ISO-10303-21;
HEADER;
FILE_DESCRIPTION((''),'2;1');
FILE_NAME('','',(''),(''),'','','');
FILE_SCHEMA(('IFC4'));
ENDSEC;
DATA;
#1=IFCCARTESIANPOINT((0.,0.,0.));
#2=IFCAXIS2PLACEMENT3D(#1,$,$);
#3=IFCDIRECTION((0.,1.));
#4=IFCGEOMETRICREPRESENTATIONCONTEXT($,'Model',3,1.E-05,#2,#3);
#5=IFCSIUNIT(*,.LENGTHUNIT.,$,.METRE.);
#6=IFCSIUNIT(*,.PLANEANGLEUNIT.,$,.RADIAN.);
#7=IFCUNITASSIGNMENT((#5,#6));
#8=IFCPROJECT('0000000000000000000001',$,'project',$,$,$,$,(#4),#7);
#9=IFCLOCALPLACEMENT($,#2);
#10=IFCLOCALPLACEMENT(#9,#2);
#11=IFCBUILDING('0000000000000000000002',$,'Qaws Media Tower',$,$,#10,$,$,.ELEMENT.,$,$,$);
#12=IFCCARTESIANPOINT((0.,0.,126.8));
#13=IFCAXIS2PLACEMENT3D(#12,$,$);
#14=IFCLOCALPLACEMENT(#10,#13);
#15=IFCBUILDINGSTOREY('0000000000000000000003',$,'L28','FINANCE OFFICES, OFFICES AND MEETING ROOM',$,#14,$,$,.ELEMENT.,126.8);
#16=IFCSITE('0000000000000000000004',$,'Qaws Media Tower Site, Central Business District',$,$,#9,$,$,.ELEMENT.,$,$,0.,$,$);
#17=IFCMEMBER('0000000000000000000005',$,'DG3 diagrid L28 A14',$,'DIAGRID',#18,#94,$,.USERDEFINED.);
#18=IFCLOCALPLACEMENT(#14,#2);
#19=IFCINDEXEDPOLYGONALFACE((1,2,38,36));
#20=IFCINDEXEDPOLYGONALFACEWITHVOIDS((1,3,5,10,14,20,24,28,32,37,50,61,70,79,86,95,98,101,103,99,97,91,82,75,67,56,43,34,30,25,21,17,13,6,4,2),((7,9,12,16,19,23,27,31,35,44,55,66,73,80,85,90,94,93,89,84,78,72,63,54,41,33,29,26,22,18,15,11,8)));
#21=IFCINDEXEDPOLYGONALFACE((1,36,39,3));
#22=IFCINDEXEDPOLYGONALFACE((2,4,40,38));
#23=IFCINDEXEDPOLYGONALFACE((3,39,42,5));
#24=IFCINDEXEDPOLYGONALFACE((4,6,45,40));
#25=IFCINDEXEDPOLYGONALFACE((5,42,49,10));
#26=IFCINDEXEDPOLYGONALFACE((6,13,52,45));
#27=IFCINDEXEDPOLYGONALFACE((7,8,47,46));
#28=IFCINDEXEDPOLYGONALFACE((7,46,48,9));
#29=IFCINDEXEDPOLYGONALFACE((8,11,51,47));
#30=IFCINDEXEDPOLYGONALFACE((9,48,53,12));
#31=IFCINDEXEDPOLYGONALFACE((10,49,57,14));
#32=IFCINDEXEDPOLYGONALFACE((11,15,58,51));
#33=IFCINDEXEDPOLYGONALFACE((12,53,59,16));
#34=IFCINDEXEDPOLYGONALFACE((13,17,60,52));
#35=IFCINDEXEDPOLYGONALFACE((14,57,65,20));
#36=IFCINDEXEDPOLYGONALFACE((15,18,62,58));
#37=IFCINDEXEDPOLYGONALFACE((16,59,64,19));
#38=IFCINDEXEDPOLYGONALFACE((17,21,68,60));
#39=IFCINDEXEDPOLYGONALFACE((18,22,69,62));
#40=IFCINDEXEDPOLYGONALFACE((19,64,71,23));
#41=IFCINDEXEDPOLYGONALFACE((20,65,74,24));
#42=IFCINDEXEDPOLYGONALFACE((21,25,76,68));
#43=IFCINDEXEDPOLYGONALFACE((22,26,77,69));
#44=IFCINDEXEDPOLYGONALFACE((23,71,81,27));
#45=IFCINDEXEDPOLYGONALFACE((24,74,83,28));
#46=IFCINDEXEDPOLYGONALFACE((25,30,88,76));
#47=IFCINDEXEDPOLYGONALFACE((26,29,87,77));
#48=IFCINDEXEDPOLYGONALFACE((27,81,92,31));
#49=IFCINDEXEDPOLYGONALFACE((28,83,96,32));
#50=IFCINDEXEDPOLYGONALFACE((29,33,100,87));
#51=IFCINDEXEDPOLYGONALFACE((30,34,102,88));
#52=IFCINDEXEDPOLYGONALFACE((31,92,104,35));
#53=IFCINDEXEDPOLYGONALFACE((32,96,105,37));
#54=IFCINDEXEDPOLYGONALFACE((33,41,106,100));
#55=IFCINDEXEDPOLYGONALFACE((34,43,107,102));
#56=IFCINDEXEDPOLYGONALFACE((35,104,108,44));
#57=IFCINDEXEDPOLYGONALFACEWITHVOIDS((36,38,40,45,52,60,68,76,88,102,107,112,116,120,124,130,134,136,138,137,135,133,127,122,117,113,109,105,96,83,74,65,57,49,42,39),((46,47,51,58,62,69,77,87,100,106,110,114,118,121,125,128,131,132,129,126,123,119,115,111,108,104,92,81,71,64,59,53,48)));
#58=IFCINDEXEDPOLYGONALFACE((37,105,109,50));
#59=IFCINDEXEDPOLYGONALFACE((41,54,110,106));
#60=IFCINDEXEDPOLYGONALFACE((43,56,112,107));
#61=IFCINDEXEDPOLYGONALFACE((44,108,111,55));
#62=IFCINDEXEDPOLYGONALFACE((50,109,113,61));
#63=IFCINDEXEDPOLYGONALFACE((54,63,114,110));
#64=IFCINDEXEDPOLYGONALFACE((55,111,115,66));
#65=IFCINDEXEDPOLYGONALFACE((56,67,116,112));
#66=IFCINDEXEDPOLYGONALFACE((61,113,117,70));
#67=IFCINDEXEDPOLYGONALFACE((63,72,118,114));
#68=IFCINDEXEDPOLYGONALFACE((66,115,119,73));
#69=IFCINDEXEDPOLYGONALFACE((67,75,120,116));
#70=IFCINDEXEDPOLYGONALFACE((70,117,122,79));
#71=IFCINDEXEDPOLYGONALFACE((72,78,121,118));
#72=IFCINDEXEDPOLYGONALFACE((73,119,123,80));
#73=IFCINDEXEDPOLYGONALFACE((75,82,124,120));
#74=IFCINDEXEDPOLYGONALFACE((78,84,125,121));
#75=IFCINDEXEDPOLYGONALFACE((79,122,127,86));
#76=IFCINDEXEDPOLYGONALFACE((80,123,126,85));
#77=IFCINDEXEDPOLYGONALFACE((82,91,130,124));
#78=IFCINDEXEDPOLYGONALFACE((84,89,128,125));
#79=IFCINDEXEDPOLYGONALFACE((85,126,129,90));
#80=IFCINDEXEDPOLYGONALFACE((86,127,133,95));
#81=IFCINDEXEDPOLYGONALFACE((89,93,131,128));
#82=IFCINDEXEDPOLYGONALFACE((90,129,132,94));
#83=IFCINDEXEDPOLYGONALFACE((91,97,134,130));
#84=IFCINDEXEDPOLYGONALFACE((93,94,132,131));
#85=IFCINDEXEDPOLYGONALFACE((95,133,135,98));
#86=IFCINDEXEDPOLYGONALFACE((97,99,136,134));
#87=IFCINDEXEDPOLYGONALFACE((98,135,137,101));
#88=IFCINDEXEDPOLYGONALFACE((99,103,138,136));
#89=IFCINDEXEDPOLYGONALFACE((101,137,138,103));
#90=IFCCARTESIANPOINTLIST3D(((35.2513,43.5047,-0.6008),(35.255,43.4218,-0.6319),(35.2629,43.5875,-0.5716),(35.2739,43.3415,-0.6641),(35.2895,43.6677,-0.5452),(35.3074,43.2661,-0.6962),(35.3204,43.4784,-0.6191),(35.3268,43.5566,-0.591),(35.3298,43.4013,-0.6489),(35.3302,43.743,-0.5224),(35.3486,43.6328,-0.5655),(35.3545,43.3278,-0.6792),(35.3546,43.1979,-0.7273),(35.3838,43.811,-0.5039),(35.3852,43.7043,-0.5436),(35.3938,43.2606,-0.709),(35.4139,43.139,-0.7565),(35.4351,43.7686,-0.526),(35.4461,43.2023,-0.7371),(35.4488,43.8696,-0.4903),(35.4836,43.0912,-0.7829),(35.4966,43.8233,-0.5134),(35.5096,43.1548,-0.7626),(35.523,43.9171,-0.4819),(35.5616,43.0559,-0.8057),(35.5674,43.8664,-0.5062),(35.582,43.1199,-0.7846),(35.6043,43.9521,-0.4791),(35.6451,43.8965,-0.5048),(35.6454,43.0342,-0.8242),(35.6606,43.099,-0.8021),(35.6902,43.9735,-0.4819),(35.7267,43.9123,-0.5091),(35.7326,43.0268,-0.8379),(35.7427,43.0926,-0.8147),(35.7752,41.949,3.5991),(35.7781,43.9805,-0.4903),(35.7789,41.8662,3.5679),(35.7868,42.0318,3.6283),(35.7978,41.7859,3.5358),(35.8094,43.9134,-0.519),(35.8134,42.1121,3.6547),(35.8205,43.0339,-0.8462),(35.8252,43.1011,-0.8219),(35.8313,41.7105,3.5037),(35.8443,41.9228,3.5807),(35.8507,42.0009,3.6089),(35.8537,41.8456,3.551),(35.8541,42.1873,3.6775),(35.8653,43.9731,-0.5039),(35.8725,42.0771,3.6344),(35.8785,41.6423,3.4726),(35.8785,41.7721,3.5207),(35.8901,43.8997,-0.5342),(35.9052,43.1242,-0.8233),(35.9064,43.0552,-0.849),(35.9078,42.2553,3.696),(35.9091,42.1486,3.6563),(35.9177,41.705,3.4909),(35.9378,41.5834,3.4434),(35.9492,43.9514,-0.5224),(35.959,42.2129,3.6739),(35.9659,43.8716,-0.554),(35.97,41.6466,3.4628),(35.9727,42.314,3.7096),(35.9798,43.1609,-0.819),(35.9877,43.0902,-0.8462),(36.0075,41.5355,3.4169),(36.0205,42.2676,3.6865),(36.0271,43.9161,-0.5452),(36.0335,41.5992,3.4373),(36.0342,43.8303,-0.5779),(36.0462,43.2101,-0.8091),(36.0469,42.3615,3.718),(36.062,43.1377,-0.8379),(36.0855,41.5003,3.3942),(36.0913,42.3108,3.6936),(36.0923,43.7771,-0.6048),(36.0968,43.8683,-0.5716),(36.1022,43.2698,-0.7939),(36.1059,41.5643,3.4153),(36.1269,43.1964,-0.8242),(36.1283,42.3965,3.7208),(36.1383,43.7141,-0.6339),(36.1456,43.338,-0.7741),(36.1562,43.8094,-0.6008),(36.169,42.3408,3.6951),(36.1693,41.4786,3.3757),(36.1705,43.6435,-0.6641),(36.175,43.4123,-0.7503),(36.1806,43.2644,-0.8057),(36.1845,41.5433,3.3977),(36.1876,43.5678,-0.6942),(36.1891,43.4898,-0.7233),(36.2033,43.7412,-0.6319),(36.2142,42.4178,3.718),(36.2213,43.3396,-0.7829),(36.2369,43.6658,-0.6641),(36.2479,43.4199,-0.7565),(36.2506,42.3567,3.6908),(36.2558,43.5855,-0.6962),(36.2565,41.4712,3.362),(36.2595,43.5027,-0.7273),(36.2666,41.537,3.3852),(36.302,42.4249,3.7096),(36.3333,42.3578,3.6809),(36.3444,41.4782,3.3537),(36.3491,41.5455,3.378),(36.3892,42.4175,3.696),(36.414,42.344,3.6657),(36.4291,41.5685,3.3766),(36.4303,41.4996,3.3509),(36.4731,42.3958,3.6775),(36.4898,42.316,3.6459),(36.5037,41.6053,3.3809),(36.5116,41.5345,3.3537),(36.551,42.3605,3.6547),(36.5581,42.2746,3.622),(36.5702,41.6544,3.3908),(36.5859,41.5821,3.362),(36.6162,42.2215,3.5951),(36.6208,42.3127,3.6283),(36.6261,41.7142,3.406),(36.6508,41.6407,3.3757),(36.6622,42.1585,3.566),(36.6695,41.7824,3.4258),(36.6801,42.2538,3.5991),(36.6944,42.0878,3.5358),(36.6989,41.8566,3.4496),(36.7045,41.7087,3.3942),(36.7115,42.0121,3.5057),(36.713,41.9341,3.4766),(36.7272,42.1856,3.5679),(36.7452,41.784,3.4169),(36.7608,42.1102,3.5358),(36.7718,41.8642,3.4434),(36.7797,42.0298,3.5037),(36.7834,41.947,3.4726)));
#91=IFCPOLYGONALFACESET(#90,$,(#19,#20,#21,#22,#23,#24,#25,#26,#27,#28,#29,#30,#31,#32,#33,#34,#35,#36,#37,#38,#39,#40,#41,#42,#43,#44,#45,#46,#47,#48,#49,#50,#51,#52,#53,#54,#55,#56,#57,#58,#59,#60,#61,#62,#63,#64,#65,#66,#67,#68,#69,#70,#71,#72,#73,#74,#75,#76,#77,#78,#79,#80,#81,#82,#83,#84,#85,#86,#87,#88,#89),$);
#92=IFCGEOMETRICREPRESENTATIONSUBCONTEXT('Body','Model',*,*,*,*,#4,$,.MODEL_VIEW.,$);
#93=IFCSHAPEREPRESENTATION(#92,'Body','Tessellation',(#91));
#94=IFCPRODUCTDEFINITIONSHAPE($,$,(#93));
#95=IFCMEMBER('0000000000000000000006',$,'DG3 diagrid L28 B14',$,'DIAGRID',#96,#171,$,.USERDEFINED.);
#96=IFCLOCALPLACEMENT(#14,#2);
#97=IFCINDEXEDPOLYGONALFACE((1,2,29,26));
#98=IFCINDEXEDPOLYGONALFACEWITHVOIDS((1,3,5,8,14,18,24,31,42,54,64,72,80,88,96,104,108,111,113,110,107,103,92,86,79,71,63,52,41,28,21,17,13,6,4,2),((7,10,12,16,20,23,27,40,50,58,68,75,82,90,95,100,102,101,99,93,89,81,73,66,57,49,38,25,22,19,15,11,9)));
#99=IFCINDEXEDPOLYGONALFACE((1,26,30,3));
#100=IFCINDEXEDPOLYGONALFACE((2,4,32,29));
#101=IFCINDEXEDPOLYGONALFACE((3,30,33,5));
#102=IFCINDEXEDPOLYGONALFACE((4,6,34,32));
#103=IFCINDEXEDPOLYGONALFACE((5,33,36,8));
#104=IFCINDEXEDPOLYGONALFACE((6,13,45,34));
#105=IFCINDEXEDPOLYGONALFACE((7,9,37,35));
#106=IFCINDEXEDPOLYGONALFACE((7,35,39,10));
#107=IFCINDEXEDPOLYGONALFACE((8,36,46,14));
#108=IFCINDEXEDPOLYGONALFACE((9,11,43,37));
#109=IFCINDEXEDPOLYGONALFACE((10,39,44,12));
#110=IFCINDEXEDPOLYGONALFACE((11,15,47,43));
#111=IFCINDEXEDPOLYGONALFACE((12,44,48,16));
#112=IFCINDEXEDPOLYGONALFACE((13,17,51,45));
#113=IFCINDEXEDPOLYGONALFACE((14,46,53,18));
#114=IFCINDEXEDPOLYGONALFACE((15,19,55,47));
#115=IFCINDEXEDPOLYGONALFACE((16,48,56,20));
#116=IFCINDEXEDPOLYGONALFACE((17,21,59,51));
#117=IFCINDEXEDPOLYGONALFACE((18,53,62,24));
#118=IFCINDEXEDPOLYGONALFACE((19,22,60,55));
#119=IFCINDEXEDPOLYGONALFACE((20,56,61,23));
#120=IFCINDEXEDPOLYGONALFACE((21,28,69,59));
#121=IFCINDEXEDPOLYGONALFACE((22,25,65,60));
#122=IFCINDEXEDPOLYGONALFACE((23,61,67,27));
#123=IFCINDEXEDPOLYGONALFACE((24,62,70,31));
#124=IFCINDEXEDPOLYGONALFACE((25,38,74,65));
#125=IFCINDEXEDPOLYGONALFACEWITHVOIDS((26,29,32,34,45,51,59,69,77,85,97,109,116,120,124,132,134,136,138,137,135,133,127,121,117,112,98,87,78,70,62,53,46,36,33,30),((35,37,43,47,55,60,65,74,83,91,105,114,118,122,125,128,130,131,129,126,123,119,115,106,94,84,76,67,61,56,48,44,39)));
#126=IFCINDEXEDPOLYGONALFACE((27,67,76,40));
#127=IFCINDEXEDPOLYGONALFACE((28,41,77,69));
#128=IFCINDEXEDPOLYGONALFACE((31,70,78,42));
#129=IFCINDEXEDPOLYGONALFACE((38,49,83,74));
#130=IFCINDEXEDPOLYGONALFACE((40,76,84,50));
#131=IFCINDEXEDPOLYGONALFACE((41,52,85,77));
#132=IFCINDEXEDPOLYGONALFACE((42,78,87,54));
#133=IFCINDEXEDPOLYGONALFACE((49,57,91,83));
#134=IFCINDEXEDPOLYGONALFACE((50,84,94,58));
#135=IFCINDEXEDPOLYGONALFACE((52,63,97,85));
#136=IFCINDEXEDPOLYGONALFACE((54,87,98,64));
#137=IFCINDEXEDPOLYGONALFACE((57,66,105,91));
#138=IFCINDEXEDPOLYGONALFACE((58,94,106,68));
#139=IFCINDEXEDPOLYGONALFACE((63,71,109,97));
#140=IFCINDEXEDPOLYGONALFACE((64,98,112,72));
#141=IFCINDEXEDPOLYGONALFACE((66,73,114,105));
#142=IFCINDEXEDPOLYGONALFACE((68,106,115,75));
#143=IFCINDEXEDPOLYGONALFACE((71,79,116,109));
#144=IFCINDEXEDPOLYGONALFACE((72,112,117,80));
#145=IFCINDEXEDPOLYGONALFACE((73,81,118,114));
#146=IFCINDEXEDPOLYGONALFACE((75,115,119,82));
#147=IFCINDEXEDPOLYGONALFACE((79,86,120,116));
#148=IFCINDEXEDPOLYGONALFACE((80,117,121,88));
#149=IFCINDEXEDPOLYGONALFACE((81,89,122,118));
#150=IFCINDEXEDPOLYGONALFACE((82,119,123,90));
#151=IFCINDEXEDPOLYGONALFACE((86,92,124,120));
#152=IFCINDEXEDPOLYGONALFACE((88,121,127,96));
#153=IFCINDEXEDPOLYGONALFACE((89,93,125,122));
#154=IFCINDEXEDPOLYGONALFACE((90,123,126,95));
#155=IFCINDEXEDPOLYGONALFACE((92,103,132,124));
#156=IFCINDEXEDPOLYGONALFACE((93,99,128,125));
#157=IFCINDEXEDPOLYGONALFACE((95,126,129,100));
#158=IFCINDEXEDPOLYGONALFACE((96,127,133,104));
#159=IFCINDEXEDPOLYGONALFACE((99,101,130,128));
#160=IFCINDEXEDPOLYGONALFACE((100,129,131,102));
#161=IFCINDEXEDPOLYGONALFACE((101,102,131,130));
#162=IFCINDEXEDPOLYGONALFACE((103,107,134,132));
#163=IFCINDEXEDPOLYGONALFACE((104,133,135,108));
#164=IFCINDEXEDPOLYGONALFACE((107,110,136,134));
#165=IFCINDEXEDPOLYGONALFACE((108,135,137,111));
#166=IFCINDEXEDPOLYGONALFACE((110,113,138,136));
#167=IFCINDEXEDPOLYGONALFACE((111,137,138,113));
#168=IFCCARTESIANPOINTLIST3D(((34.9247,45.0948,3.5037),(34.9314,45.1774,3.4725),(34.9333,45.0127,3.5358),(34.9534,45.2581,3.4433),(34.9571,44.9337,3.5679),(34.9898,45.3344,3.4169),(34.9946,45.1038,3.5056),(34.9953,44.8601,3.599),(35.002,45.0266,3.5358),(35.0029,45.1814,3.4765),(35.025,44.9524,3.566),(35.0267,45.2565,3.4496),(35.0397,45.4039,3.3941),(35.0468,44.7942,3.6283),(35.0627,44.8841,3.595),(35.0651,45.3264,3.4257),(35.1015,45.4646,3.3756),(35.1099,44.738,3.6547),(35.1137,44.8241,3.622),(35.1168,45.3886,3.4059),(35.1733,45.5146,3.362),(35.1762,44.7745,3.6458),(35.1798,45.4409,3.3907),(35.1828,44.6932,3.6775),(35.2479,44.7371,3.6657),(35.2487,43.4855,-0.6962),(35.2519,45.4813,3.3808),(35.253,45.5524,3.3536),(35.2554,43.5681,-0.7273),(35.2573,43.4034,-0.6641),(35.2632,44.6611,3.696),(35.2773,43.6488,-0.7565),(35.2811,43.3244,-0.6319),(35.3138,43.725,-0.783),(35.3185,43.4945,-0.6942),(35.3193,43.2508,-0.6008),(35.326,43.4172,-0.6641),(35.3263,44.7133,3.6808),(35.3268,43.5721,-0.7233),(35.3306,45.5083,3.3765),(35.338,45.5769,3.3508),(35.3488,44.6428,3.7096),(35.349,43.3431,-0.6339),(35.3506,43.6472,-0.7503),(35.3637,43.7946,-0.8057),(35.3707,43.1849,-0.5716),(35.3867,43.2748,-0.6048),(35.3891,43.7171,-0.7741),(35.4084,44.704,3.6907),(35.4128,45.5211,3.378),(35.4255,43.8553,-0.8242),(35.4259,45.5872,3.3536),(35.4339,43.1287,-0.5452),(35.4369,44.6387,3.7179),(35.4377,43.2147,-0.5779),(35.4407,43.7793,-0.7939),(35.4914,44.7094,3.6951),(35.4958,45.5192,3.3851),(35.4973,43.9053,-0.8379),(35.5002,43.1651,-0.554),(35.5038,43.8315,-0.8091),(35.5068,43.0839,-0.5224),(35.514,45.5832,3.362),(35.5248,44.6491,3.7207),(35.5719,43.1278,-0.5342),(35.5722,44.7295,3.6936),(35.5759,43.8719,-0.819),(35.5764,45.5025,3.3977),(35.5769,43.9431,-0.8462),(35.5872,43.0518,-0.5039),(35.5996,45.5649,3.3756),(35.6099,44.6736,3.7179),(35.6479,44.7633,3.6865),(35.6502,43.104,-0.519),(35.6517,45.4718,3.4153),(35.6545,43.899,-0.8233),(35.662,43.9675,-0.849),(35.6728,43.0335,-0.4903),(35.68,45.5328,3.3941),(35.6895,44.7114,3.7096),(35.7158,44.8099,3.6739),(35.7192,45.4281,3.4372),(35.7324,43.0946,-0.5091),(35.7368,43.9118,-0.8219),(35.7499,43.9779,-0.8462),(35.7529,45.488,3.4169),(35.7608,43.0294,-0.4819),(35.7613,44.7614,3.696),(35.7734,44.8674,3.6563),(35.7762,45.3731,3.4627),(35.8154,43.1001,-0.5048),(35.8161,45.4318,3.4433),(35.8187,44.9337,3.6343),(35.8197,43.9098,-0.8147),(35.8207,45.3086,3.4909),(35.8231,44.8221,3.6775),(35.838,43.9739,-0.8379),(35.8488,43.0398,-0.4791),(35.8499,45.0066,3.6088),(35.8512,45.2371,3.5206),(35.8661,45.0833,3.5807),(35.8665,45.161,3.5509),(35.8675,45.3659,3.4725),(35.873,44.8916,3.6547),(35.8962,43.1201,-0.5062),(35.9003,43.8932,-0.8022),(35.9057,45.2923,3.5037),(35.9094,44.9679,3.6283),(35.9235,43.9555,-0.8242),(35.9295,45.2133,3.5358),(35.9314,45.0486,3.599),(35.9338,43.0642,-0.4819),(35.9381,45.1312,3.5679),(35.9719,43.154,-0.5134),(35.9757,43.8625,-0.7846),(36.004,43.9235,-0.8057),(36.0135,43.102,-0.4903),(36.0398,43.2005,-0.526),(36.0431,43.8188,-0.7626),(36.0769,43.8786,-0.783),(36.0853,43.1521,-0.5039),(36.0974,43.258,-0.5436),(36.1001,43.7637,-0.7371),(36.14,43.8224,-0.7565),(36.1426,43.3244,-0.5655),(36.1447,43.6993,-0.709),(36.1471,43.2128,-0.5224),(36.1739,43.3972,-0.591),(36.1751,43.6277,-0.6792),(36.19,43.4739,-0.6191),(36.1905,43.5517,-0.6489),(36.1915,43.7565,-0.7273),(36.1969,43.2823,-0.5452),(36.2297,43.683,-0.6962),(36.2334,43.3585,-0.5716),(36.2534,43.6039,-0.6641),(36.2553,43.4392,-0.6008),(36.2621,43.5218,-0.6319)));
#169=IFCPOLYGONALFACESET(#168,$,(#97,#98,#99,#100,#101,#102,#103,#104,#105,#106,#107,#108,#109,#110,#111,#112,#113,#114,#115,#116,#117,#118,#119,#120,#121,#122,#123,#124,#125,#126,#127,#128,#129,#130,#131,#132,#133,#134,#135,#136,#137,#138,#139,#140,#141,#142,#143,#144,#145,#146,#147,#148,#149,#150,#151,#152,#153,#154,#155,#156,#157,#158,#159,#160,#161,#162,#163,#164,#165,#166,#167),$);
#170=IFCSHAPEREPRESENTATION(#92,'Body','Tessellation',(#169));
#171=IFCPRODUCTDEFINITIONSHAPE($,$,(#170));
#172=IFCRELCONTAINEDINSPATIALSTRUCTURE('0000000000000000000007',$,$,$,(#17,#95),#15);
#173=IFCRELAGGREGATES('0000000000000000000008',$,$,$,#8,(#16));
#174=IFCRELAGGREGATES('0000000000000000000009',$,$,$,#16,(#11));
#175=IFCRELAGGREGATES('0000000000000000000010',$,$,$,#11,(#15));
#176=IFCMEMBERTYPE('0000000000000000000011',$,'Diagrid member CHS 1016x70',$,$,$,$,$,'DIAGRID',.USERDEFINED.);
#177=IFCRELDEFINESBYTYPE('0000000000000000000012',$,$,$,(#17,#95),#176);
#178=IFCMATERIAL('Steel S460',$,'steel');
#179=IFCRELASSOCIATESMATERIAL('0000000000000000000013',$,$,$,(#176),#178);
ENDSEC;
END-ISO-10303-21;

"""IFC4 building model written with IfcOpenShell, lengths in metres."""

from ifc_helpers import new_model, si_unit, direction, frame, origin, origin_2d, place, context, subcontext, project, spatial, hollow_circle, extrude, material, material_profile, profile_set, type_object, element, save


model = new_model("IFC4")

# Units and contexts
model_context = context("Model", 3, precision=1e-05, world=origin(), true_north=direction((0.0, 1.0)))
body_context = subcontext(model_context, "Body", "Model", "MODEL_VIEW")
ifc_project = project(units=[si_unit("LENGTHUNIT", "METRE"), si_unit("PLANEANGLEUNIT", "RADIAN")], contexts=[model_context])

# Site, building, storey
site_placement = place(None, origin())
site = spatial("IfcSite", under=ifc_project, at=site_placement, Name="Qaws Media Tower Site, Central Business District", CompositionType="ELEMENT", RefElevation=0.0)
building_placement = place(site_placement, origin())
building = spatial("IfcBuilding", under=site, at=building_placement, Name="Qaws Media Tower", CompositionType="ELEMENT")
storey_placement = place(building_placement, frame((0.0, 0.0, 126.8)))
storey = spatial("IfcBuildingStorey", under=building, at=storey_placement, Name="L28", Description="FINANCE OFFICES, OFFICES AND MEETING ROOM", CompositionType="ELEMENT", Elevation=126.8)

# Members
ifc_material_1 = material(Name="Steel S460", Category="steel")
ifc_material_profile_1 = material_profile(ifc_material_1, hollow_circle(Radius=0.5081, WallThickness=0.0701, at=origin_2d()), Name="CHS 1016x70")
ifc_profile_set_1 = profile_set([ifc_material_profile_1], Name="Steel S460")
member_type_1 = type_object("IfcMemberType", Name="Diagrid member CHS 1016x70", ElementType="DIAGRID", PredefinedType="USERDEFINED", material=ifc_profile_set_1)
for number, where, z_axis, x_axis, name in (
    (1, (35.7554, 43.5037, -0.6641), (0.116187, -0.344987, 0.931389), (0.947697, 0.319171, 0.0), "DG3 diagrid L28 A14"),
    (2, (35.7554, 43.5037, -0.6641), (-0.071844, 0.356894, 0.931378), (-0.980334, -0.197346, 0.0), "DG3 diagrid L28 B14"),
):
    element("IfcMember", number, at=place(storey_placement, frame(where, z_axis=z_axis, x_axis=x_axis)), inside=storey, type_object=member_type_1, Name=name, ObjectType="DIAGRID", PredefinedType="USERDEFINED", context=body_context, shape_type="SweptSolid", body=[
        extrude(hollow_circle(Radius=0.5081, WallThickness=0.0701, at=origin_2d()), origin(), (0.0, 0.0, 1.0), 4.5093),
    ])

save(model, "model.ifc")
